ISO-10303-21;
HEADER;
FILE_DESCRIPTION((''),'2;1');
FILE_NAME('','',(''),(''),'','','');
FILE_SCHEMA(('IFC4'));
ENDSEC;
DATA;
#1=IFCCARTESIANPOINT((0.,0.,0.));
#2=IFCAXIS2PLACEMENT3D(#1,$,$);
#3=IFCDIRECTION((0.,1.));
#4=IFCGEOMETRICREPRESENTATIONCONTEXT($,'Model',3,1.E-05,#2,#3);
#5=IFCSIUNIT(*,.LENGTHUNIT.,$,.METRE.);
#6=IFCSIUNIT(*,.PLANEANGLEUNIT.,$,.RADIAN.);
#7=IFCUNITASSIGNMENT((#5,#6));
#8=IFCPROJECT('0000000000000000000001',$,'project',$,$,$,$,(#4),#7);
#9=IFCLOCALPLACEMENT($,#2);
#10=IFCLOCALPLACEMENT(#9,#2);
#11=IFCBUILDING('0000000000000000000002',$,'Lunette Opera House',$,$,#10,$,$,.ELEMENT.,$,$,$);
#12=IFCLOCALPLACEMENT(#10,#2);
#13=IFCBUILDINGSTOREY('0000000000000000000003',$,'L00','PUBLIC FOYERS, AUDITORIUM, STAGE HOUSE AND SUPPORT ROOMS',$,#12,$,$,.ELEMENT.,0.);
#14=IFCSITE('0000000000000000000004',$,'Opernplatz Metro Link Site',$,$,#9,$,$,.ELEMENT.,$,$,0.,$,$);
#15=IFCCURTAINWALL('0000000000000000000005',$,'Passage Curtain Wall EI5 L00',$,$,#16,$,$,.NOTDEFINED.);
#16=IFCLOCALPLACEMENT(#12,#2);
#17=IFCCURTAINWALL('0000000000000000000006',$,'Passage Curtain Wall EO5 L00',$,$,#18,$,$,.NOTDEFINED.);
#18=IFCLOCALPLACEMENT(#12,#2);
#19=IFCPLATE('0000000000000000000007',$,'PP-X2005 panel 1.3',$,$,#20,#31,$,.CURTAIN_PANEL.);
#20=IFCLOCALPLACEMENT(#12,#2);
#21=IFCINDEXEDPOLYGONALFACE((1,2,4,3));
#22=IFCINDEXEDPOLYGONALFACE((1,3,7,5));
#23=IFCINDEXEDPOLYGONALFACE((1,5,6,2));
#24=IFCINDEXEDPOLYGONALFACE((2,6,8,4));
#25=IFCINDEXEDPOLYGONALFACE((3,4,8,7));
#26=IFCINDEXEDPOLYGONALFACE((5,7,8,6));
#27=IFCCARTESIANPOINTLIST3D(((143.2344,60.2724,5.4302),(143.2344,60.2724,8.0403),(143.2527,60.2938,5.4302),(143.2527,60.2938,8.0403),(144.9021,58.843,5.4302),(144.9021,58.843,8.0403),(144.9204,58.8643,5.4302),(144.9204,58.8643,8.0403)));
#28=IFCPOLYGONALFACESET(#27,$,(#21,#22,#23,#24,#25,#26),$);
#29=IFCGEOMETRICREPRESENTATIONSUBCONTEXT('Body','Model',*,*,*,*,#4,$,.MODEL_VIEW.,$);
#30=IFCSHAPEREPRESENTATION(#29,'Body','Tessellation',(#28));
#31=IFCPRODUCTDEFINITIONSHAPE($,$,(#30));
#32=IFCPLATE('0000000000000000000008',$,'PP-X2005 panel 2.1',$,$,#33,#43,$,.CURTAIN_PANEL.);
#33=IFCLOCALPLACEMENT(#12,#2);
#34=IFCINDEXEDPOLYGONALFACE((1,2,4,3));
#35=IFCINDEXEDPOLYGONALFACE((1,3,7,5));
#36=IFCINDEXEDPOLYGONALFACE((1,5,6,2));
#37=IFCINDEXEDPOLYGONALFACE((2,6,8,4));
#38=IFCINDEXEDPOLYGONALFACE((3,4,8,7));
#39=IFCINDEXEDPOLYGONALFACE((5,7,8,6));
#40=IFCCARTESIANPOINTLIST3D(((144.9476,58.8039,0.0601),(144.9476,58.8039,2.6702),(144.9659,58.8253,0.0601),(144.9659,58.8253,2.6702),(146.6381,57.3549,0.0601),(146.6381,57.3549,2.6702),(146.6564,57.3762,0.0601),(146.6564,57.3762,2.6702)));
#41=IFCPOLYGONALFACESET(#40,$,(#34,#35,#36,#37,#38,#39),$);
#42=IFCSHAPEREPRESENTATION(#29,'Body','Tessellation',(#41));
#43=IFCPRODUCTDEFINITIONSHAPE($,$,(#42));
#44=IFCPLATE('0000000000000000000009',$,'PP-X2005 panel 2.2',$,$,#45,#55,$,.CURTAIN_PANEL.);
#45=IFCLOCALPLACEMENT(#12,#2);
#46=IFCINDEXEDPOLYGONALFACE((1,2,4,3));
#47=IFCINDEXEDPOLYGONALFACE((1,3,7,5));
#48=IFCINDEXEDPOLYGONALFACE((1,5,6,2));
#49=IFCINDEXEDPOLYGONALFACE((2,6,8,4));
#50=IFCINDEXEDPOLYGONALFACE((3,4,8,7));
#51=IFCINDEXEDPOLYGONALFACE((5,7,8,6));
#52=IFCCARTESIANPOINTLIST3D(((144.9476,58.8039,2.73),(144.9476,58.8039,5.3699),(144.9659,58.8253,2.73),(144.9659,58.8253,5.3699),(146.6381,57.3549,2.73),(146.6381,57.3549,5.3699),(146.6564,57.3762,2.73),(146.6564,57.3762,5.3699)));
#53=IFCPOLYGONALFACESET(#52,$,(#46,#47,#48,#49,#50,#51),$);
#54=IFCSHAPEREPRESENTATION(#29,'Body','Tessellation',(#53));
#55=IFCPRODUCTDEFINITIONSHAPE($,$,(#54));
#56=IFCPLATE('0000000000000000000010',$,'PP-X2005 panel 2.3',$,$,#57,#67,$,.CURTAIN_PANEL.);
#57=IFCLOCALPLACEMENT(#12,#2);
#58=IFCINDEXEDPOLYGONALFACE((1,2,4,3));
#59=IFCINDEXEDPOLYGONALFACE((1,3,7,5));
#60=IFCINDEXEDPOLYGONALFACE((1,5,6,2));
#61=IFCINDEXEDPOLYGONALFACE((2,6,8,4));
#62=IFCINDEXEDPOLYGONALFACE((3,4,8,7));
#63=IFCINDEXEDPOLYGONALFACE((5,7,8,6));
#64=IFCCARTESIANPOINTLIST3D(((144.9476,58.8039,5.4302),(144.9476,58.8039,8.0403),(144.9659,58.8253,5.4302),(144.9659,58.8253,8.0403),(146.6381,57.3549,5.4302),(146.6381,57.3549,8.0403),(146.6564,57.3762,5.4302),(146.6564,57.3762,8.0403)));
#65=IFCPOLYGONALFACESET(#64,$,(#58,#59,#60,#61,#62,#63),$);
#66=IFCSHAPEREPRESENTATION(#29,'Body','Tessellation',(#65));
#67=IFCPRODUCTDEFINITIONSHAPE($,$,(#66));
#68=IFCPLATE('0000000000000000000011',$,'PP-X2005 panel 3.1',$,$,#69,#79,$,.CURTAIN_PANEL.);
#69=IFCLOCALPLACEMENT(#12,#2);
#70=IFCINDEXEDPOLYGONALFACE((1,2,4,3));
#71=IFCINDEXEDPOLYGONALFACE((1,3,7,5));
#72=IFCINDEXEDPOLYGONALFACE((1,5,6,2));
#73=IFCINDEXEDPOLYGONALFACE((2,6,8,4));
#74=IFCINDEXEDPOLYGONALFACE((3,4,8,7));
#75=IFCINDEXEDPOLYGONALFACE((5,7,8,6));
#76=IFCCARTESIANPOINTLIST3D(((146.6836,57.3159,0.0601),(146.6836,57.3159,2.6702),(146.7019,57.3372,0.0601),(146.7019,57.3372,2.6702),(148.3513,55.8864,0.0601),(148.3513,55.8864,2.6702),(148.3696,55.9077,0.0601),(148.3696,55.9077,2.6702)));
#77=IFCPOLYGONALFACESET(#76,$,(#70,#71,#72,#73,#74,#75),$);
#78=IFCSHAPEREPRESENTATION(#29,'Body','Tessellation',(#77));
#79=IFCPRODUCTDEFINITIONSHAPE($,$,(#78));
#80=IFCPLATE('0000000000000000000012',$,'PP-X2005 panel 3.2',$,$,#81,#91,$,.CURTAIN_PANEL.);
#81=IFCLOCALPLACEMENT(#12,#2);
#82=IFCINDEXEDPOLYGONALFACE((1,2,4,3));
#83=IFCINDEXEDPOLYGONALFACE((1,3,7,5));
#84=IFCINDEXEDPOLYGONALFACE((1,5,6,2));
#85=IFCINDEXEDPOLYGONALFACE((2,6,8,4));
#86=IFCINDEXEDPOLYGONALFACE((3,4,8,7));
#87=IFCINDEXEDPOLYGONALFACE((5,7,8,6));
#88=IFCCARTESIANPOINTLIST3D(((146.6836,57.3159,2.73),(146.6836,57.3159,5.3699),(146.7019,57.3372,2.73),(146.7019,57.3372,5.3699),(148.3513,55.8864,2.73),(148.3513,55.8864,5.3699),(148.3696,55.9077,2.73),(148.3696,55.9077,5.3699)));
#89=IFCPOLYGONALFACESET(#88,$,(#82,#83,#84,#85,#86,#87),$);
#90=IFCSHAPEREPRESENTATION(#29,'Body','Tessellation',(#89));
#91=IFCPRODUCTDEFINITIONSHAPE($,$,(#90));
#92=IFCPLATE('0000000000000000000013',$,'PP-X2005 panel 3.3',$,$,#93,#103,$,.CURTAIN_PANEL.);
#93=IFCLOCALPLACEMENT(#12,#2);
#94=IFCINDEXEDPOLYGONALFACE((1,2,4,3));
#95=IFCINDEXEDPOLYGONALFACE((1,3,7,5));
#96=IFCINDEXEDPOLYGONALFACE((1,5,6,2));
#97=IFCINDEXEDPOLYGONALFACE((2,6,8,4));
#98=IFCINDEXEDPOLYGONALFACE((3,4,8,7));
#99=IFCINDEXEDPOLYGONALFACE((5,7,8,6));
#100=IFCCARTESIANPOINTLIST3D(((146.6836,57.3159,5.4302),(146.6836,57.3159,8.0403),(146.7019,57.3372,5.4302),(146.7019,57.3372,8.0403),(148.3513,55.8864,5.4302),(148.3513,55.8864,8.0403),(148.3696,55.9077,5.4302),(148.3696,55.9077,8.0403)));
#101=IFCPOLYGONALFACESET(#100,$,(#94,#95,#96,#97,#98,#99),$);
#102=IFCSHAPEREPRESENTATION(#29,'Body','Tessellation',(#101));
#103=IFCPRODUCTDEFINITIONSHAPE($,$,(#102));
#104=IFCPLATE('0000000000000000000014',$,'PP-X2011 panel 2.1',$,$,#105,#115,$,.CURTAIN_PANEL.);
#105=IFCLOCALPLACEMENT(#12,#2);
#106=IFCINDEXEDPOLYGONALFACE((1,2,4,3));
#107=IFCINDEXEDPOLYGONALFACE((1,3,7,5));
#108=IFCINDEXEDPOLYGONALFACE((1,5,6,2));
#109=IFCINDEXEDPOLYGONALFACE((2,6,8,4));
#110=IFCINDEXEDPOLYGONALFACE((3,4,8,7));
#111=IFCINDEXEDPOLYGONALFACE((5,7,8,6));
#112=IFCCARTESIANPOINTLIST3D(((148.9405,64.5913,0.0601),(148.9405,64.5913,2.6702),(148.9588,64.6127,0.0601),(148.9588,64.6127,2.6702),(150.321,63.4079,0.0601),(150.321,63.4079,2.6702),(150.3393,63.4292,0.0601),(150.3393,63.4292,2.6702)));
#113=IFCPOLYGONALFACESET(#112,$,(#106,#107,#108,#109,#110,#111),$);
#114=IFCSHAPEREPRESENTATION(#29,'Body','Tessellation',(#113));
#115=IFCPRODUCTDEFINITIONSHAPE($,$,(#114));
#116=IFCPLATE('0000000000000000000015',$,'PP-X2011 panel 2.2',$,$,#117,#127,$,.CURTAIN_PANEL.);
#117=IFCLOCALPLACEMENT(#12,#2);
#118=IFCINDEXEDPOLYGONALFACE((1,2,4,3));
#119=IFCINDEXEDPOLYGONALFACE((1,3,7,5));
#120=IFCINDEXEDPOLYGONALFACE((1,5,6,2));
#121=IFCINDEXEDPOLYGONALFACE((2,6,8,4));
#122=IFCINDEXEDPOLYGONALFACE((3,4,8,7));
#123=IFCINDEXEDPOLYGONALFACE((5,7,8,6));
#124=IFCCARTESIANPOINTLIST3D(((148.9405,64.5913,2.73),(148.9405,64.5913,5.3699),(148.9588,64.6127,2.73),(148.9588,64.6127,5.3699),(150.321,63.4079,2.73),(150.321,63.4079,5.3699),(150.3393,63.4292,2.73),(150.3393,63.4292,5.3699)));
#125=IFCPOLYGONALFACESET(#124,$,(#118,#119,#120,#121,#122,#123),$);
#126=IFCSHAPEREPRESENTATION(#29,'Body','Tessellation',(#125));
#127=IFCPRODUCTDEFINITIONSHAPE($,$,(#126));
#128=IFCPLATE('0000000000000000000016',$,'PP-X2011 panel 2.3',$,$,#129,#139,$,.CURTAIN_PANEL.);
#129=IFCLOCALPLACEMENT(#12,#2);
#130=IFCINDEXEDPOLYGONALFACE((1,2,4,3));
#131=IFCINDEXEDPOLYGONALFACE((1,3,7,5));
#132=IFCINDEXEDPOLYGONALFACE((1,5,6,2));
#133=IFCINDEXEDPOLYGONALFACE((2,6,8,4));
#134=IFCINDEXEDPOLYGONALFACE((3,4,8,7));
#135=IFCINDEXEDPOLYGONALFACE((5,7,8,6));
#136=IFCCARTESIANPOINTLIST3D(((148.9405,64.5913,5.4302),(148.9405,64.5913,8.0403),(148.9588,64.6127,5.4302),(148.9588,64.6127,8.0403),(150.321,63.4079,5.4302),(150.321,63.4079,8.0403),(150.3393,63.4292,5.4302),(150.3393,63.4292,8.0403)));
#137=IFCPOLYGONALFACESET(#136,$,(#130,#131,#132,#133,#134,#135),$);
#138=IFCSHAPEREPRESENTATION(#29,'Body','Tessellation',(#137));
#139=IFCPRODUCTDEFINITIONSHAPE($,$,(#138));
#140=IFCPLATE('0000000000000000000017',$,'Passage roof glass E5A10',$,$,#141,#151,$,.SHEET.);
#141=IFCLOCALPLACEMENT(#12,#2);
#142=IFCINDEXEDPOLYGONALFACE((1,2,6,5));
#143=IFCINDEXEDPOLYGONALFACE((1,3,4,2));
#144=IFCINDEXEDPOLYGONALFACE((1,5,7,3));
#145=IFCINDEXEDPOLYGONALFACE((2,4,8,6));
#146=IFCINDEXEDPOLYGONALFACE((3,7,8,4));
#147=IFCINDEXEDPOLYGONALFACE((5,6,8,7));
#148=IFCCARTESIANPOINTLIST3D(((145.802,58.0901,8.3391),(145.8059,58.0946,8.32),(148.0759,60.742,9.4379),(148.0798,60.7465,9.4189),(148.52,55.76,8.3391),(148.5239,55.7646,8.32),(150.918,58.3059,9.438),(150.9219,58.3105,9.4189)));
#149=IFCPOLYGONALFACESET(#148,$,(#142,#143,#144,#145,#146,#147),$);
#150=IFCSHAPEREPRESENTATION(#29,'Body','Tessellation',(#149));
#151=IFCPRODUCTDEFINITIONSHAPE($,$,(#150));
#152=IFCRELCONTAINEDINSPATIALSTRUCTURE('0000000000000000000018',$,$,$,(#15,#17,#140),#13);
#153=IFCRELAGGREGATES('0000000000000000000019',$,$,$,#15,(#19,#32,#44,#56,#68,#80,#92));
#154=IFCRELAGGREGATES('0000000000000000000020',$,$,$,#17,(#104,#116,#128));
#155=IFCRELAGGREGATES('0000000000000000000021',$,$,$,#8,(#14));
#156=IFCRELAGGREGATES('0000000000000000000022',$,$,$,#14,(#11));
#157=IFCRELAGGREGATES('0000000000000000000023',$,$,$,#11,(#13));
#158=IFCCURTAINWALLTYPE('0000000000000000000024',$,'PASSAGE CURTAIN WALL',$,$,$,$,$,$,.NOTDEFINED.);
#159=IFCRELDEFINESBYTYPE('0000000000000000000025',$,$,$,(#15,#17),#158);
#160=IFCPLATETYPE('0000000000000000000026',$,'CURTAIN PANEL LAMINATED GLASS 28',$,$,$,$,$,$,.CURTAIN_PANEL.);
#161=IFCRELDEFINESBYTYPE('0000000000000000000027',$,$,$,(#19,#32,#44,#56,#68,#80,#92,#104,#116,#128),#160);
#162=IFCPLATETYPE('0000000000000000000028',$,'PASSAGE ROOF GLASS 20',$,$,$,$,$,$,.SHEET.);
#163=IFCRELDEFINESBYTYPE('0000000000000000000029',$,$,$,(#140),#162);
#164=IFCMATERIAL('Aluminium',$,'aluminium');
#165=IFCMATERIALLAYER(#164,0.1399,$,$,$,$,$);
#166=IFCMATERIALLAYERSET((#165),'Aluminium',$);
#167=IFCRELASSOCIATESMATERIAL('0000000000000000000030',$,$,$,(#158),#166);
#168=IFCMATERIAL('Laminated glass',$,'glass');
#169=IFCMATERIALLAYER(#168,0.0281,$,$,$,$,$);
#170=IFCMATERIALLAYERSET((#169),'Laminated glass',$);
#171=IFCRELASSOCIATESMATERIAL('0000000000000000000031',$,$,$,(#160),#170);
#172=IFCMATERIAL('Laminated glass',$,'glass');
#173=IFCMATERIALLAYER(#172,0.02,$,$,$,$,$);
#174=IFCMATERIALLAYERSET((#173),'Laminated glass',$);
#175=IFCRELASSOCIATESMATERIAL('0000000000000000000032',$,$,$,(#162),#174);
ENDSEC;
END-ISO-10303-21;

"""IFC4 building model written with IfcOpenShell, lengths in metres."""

from ifc_helpers import new_model, si_unit, direction, frame, origin, origin_2d, place, context, subcontext, project, spatial, polyline, rectangle, outline, extrude, material, layer, layer_set, type_object, element, aggregate, save


model = new_model("IFC4")

# Units and contexts
model_context = context("Model", 3, precision=1e-05, world=origin(), true_north=direction((0.0, 1.0)))
body_context = subcontext(model_context, "Body", "Model", "MODEL_VIEW")
ifc_project = project(units=[si_unit("LENGTHUNIT", "METRE"), si_unit("PLANEANGLEUNIT", "RADIAN")], contexts=[model_context])

# Site, building, storey
site_placement = place(None, origin())
site = spatial("IfcSite", under=ifc_project, at=site_placement, Name="Opernplatz Metro Link Site", CompositionType="ELEMENT", RefElevation=0.0)
building_placement = place(site_placement, origin())
building = spatial("IfcBuilding", under=site, at=building_placement, Name="Lunette Opera House", CompositionType="ELEMENT")
storey_placement = place(building_placement, origin())
storey = spatial("IfcBuildingStorey", under=building, at=storey_placement, Name="L00", Description="PUBLIC FOYERS, AUDITORIUM, STAGE HOUSE AND SUPPORT ROOMS", CompositionType="ELEMENT", Elevation=0.0)

# Curtain wall
ifc_material_1 = material(Name="Aluminium", Category="aluminium")
ifc_layer_1 = layer(ifc_material_1, 0.1399)
ifc_layer_set_1 = layer_set([ifc_layer_1], Name="Aluminium")
curtain_wall_type = type_object("IfcCurtainWallType", Name="PASSAGE CURTAIN WALL", PredefinedType="NOTDEFINED", material=ifc_layer_set_1)
curtain_wall_1_placement = place(storey_placement, origin())
curtain_wall_1 = element("IfcCurtainWall", 1, at=curtain_wall_1_placement, inside=storey, type_object=curtain_wall_type, Name="Passage Curtain Wall EI5 L00", PredefinedType="NOTDEFINED")

# Curtain wall
curtain_wall_2_placement = place(storey_placement, origin())
curtain_wall_2 = element("IfcCurtainWall", 2, at=curtain_wall_2_placement, inside=storey, type_object=curtain_wall_type, Name="Passage Curtain Wall EO5 L00", PredefinedType="NOTDEFINED")

# Plates
ifc_material_2 = material(Name="Laminated glass", Category="glass")
ifc_layer_2 = layer(ifc_material_2, 0.0281)
ifc_layer_set_2 = layer_set([ifc_layer_2], Name="Laminated glass")
plate_type_1 = type_object("IfcPlateType", Name="CURTAIN PANEL LAMINATED GLASS 28", PredefinedType="CURTAIN_PANEL", material=ifc_layer_set_2)
plate_1_placement = place(storey_placement, frame((144.0774, 59.5684, 5.4302), z_axis=(0.0, 0.0, 1.0), x_axis=(0.759257, -0.650791, 0.0)))
plate_1 = element("IfcPlate", 3, at=plate_1_placement, type_object=plate_type_1, Name="PP-X2005 panel 1.3", PredefinedType="CURTAIN_PANEL", context=body_context, shape_type="SweptSolid", body=[
    extrude(rectangle(XDim=2.1965, YDim=0.0281, at=origin_2d()), origin(), (0.0, 0.0, 1.0), 2.6101),
])
plate_2_placement = place(storey_placement, frame((145.802, 58.0901, 0.0601), z_axis=(0.0, 0.0, 1.0), x_axis=(0.759257, -0.650791, 0.0)))
plate_2 = element("IfcPlate", 4, at=plate_2_placement, type_object=plate_type_1, Name="PP-X2005 panel 2.1", PredefinedType="CURTAIN_PANEL", context=body_context, shape_type="SweptSolid", body=[
    extrude(rectangle(XDim=2.2266, YDim=0.0281, at=origin_2d()), origin(), (0.0, 0.0, 1.0), 2.6101),
])
plate_3_placement = place(storey_placement, frame((145.802, 58.0901, 2.73), z_axis=(0.0, 0.0, 1.0), x_axis=(0.759257, -0.650791, 0.0)))
plate_3 = element("IfcPlate", 5, at=plate_3_placement, type_object=plate_type_1, Name="PP-X2005 panel 2.2", PredefinedType="CURTAIN_PANEL", context=body_context, shape_type="SweptSolid", body=[
    extrude(rectangle(XDim=2.2266, YDim=0.0281, at=origin_2d()), origin(), (0.0, 0.0, 1.0), 2.6399),
])
plate_4_placement = place(storey_placement, frame((145.802, 58.0901, 5.4302), z_axis=(0.0, 0.0, 1.0), x_axis=(0.759257, -0.650791, 0.0)))
plate_4 = element("IfcPlate", 6, at=plate_4_placement, type_object=plate_type_1, Name="PP-X2005 panel 2.3", PredefinedType="CURTAIN_PANEL", context=body_context, shape_type="SweptSolid", body=[
    extrude(rectangle(XDim=2.2266, YDim=0.0281, at=origin_2d()), origin(), (0.0, 0.0, 1.0), 2.6101),
])
plate_5_placement = place(storey_placement, frame((147.5266, 56.6118, 0.0601), z_axis=(0.0, 0.0, 1.0), x_axis=(0.759257, -0.650791, 0.0)))
plate_5 = element("IfcPlate", 7, at=plate_5_placement, type_object=plate_type_1, Name="PP-X2005 panel 3.1", PredefinedType="CURTAIN_PANEL", context=body_context, shape_type="SweptSolid", body=[
    extrude(rectangle(XDim=2.1965, YDim=0.0281, at=origin_2d()), origin(), (0.0, 0.0, 1.0), 2.6101),
])
plate_6_placement = place(storey_placement, frame((147.5266, 56.6118, 2.73), z_axis=(0.0, 0.0, 1.0), x_axis=(0.759257, -0.650791, 0.0)))
plate_6 = element("IfcPlate", 8, at=plate_6_placement, type_object=plate_type_1, Name="PP-X2005 panel 3.2", PredefinedType="CURTAIN_PANEL", context=body_context, shape_type="SweptSolid", body=[
    extrude(rectangle(XDim=2.1965, YDim=0.0281, at=origin_2d()), origin(), (0.0, 0.0, 1.0), 2.6399),
])
plate_7_placement = place(storey_placement, frame((147.5266, 56.6118, 5.4302), z_axis=(0.0, 0.0, 1.0), x_axis=(0.759257, -0.650791, 0.0)))
plate_7 = element("IfcPlate", 9, at=plate_7_placement, type_object=plate_type_1, Name="PP-X2005 panel 3.3", PredefinedType="CURTAIN_PANEL", context=body_context, shape_type="SweptSolid", body=[
    extrude(rectangle(XDim=2.1965, YDim=0.0281, at=origin_2d()), origin(), (0.0, 0.0, 1.0), 2.6101),
])
aggregate(curtain_wall_1, [plate_1, plate_2, plate_3, plate_4, plate_5, plate_6, plate_7])
plate_8_placement = place(storey_placement, frame((149.6399, 64.0103, 0.0601), z_axis=(0.0, 0.0, 1.0), x_axis=(0.7592, -0.650857, 0.0)))
plate_8 = element("IfcPlate", 10, at=plate_8_placement, type_object=plate_type_1, Name="PP-X2011 panel 2.1", PredefinedType="CURTAIN_PANEL", context=body_context, shape_type="SweptSolid", body=[
    extrude(rectangle(XDim=1.8184, YDim=0.0281, at=origin_2d()), origin(), (0.0, 0.0, 1.0), 2.6101),
])
plate_9_placement = place(storey_placement, frame((149.6399, 64.0103, 2.73), z_axis=(0.0, 0.0, 1.0), x_axis=(0.7592, -0.650857, 0.0)))
plate_9 = element("IfcPlate", 11, at=plate_9_placement, type_object=plate_type_1, Name="PP-X2011 panel 2.2", PredefinedType="CURTAIN_PANEL", context=body_context, shape_type="SweptSolid", body=[
    extrude(rectangle(XDim=1.8184, YDim=0.0281, at=origin_2d()), origin(), (0.0, 0.0, 1.0), 2.6399),
])
plate_10_placement = place(storey_placement, frame((149.6399, 64.0103, 5.4302), z_axis=(0.0, 0.0, 1.0), x_axis=(0.7592, -0.650857, 0.0)))
plate_10 = element("IfcPlate", 12, at=plate_10_placement, type_object=plate_type_1, Name="PP-X2011 panel 2.3", PredefinedType="CURTAIN_PANEL", context=body_context, shape_type="SweptSolid", body=[
    extrude(rectangle(XDim=1.8184, YDim=0.0281, at=origin_2d()), origin(), (0.0, 0.0, 1.0), 2.6101),
])
aggregate(curtain_wall_2, [plate_8, plate_9, plate_10])
ifc_material_3 = material(Name="Laminated glass", Category="glass")
ifc_layer_3 = layer(ifc_material_3, 0.02)
ifc_layer_set_3 = layer_set([ifc_layer_3], Name="Laminated glass")
plate_type_2 = type_object("IfcPlateType", Name="PASSAGE ROOF GLASS 20", PredefinedType="SHEET", material=ifc_layer_set_3)
plate_11_placement = place(storey_placement, frame((145.802, 58.0901, 8.3391), z_axis=(-0.195285, -0.227816, 0.95392), x_axis=(0.759211, -0.650845, -0.000011)))
element("IfcPlate", 13, at=plate_11_placement, inside=storey, type_object=plate_type_2, Name="Passage roof glass E5A10", PredefinedType="SHEET", context=body_context, shape_type="SweptSolid", body=[
    extrude(outline(polyline([(0.0, 0.0), (3.5801, 0.0), (3.7436, 3.6623), (0.0004, 3.662), (0.0, 0.0)])), origin(), (0.0, 0.0, -1.0), 0.02),
])

save(model, "model.ifc")
